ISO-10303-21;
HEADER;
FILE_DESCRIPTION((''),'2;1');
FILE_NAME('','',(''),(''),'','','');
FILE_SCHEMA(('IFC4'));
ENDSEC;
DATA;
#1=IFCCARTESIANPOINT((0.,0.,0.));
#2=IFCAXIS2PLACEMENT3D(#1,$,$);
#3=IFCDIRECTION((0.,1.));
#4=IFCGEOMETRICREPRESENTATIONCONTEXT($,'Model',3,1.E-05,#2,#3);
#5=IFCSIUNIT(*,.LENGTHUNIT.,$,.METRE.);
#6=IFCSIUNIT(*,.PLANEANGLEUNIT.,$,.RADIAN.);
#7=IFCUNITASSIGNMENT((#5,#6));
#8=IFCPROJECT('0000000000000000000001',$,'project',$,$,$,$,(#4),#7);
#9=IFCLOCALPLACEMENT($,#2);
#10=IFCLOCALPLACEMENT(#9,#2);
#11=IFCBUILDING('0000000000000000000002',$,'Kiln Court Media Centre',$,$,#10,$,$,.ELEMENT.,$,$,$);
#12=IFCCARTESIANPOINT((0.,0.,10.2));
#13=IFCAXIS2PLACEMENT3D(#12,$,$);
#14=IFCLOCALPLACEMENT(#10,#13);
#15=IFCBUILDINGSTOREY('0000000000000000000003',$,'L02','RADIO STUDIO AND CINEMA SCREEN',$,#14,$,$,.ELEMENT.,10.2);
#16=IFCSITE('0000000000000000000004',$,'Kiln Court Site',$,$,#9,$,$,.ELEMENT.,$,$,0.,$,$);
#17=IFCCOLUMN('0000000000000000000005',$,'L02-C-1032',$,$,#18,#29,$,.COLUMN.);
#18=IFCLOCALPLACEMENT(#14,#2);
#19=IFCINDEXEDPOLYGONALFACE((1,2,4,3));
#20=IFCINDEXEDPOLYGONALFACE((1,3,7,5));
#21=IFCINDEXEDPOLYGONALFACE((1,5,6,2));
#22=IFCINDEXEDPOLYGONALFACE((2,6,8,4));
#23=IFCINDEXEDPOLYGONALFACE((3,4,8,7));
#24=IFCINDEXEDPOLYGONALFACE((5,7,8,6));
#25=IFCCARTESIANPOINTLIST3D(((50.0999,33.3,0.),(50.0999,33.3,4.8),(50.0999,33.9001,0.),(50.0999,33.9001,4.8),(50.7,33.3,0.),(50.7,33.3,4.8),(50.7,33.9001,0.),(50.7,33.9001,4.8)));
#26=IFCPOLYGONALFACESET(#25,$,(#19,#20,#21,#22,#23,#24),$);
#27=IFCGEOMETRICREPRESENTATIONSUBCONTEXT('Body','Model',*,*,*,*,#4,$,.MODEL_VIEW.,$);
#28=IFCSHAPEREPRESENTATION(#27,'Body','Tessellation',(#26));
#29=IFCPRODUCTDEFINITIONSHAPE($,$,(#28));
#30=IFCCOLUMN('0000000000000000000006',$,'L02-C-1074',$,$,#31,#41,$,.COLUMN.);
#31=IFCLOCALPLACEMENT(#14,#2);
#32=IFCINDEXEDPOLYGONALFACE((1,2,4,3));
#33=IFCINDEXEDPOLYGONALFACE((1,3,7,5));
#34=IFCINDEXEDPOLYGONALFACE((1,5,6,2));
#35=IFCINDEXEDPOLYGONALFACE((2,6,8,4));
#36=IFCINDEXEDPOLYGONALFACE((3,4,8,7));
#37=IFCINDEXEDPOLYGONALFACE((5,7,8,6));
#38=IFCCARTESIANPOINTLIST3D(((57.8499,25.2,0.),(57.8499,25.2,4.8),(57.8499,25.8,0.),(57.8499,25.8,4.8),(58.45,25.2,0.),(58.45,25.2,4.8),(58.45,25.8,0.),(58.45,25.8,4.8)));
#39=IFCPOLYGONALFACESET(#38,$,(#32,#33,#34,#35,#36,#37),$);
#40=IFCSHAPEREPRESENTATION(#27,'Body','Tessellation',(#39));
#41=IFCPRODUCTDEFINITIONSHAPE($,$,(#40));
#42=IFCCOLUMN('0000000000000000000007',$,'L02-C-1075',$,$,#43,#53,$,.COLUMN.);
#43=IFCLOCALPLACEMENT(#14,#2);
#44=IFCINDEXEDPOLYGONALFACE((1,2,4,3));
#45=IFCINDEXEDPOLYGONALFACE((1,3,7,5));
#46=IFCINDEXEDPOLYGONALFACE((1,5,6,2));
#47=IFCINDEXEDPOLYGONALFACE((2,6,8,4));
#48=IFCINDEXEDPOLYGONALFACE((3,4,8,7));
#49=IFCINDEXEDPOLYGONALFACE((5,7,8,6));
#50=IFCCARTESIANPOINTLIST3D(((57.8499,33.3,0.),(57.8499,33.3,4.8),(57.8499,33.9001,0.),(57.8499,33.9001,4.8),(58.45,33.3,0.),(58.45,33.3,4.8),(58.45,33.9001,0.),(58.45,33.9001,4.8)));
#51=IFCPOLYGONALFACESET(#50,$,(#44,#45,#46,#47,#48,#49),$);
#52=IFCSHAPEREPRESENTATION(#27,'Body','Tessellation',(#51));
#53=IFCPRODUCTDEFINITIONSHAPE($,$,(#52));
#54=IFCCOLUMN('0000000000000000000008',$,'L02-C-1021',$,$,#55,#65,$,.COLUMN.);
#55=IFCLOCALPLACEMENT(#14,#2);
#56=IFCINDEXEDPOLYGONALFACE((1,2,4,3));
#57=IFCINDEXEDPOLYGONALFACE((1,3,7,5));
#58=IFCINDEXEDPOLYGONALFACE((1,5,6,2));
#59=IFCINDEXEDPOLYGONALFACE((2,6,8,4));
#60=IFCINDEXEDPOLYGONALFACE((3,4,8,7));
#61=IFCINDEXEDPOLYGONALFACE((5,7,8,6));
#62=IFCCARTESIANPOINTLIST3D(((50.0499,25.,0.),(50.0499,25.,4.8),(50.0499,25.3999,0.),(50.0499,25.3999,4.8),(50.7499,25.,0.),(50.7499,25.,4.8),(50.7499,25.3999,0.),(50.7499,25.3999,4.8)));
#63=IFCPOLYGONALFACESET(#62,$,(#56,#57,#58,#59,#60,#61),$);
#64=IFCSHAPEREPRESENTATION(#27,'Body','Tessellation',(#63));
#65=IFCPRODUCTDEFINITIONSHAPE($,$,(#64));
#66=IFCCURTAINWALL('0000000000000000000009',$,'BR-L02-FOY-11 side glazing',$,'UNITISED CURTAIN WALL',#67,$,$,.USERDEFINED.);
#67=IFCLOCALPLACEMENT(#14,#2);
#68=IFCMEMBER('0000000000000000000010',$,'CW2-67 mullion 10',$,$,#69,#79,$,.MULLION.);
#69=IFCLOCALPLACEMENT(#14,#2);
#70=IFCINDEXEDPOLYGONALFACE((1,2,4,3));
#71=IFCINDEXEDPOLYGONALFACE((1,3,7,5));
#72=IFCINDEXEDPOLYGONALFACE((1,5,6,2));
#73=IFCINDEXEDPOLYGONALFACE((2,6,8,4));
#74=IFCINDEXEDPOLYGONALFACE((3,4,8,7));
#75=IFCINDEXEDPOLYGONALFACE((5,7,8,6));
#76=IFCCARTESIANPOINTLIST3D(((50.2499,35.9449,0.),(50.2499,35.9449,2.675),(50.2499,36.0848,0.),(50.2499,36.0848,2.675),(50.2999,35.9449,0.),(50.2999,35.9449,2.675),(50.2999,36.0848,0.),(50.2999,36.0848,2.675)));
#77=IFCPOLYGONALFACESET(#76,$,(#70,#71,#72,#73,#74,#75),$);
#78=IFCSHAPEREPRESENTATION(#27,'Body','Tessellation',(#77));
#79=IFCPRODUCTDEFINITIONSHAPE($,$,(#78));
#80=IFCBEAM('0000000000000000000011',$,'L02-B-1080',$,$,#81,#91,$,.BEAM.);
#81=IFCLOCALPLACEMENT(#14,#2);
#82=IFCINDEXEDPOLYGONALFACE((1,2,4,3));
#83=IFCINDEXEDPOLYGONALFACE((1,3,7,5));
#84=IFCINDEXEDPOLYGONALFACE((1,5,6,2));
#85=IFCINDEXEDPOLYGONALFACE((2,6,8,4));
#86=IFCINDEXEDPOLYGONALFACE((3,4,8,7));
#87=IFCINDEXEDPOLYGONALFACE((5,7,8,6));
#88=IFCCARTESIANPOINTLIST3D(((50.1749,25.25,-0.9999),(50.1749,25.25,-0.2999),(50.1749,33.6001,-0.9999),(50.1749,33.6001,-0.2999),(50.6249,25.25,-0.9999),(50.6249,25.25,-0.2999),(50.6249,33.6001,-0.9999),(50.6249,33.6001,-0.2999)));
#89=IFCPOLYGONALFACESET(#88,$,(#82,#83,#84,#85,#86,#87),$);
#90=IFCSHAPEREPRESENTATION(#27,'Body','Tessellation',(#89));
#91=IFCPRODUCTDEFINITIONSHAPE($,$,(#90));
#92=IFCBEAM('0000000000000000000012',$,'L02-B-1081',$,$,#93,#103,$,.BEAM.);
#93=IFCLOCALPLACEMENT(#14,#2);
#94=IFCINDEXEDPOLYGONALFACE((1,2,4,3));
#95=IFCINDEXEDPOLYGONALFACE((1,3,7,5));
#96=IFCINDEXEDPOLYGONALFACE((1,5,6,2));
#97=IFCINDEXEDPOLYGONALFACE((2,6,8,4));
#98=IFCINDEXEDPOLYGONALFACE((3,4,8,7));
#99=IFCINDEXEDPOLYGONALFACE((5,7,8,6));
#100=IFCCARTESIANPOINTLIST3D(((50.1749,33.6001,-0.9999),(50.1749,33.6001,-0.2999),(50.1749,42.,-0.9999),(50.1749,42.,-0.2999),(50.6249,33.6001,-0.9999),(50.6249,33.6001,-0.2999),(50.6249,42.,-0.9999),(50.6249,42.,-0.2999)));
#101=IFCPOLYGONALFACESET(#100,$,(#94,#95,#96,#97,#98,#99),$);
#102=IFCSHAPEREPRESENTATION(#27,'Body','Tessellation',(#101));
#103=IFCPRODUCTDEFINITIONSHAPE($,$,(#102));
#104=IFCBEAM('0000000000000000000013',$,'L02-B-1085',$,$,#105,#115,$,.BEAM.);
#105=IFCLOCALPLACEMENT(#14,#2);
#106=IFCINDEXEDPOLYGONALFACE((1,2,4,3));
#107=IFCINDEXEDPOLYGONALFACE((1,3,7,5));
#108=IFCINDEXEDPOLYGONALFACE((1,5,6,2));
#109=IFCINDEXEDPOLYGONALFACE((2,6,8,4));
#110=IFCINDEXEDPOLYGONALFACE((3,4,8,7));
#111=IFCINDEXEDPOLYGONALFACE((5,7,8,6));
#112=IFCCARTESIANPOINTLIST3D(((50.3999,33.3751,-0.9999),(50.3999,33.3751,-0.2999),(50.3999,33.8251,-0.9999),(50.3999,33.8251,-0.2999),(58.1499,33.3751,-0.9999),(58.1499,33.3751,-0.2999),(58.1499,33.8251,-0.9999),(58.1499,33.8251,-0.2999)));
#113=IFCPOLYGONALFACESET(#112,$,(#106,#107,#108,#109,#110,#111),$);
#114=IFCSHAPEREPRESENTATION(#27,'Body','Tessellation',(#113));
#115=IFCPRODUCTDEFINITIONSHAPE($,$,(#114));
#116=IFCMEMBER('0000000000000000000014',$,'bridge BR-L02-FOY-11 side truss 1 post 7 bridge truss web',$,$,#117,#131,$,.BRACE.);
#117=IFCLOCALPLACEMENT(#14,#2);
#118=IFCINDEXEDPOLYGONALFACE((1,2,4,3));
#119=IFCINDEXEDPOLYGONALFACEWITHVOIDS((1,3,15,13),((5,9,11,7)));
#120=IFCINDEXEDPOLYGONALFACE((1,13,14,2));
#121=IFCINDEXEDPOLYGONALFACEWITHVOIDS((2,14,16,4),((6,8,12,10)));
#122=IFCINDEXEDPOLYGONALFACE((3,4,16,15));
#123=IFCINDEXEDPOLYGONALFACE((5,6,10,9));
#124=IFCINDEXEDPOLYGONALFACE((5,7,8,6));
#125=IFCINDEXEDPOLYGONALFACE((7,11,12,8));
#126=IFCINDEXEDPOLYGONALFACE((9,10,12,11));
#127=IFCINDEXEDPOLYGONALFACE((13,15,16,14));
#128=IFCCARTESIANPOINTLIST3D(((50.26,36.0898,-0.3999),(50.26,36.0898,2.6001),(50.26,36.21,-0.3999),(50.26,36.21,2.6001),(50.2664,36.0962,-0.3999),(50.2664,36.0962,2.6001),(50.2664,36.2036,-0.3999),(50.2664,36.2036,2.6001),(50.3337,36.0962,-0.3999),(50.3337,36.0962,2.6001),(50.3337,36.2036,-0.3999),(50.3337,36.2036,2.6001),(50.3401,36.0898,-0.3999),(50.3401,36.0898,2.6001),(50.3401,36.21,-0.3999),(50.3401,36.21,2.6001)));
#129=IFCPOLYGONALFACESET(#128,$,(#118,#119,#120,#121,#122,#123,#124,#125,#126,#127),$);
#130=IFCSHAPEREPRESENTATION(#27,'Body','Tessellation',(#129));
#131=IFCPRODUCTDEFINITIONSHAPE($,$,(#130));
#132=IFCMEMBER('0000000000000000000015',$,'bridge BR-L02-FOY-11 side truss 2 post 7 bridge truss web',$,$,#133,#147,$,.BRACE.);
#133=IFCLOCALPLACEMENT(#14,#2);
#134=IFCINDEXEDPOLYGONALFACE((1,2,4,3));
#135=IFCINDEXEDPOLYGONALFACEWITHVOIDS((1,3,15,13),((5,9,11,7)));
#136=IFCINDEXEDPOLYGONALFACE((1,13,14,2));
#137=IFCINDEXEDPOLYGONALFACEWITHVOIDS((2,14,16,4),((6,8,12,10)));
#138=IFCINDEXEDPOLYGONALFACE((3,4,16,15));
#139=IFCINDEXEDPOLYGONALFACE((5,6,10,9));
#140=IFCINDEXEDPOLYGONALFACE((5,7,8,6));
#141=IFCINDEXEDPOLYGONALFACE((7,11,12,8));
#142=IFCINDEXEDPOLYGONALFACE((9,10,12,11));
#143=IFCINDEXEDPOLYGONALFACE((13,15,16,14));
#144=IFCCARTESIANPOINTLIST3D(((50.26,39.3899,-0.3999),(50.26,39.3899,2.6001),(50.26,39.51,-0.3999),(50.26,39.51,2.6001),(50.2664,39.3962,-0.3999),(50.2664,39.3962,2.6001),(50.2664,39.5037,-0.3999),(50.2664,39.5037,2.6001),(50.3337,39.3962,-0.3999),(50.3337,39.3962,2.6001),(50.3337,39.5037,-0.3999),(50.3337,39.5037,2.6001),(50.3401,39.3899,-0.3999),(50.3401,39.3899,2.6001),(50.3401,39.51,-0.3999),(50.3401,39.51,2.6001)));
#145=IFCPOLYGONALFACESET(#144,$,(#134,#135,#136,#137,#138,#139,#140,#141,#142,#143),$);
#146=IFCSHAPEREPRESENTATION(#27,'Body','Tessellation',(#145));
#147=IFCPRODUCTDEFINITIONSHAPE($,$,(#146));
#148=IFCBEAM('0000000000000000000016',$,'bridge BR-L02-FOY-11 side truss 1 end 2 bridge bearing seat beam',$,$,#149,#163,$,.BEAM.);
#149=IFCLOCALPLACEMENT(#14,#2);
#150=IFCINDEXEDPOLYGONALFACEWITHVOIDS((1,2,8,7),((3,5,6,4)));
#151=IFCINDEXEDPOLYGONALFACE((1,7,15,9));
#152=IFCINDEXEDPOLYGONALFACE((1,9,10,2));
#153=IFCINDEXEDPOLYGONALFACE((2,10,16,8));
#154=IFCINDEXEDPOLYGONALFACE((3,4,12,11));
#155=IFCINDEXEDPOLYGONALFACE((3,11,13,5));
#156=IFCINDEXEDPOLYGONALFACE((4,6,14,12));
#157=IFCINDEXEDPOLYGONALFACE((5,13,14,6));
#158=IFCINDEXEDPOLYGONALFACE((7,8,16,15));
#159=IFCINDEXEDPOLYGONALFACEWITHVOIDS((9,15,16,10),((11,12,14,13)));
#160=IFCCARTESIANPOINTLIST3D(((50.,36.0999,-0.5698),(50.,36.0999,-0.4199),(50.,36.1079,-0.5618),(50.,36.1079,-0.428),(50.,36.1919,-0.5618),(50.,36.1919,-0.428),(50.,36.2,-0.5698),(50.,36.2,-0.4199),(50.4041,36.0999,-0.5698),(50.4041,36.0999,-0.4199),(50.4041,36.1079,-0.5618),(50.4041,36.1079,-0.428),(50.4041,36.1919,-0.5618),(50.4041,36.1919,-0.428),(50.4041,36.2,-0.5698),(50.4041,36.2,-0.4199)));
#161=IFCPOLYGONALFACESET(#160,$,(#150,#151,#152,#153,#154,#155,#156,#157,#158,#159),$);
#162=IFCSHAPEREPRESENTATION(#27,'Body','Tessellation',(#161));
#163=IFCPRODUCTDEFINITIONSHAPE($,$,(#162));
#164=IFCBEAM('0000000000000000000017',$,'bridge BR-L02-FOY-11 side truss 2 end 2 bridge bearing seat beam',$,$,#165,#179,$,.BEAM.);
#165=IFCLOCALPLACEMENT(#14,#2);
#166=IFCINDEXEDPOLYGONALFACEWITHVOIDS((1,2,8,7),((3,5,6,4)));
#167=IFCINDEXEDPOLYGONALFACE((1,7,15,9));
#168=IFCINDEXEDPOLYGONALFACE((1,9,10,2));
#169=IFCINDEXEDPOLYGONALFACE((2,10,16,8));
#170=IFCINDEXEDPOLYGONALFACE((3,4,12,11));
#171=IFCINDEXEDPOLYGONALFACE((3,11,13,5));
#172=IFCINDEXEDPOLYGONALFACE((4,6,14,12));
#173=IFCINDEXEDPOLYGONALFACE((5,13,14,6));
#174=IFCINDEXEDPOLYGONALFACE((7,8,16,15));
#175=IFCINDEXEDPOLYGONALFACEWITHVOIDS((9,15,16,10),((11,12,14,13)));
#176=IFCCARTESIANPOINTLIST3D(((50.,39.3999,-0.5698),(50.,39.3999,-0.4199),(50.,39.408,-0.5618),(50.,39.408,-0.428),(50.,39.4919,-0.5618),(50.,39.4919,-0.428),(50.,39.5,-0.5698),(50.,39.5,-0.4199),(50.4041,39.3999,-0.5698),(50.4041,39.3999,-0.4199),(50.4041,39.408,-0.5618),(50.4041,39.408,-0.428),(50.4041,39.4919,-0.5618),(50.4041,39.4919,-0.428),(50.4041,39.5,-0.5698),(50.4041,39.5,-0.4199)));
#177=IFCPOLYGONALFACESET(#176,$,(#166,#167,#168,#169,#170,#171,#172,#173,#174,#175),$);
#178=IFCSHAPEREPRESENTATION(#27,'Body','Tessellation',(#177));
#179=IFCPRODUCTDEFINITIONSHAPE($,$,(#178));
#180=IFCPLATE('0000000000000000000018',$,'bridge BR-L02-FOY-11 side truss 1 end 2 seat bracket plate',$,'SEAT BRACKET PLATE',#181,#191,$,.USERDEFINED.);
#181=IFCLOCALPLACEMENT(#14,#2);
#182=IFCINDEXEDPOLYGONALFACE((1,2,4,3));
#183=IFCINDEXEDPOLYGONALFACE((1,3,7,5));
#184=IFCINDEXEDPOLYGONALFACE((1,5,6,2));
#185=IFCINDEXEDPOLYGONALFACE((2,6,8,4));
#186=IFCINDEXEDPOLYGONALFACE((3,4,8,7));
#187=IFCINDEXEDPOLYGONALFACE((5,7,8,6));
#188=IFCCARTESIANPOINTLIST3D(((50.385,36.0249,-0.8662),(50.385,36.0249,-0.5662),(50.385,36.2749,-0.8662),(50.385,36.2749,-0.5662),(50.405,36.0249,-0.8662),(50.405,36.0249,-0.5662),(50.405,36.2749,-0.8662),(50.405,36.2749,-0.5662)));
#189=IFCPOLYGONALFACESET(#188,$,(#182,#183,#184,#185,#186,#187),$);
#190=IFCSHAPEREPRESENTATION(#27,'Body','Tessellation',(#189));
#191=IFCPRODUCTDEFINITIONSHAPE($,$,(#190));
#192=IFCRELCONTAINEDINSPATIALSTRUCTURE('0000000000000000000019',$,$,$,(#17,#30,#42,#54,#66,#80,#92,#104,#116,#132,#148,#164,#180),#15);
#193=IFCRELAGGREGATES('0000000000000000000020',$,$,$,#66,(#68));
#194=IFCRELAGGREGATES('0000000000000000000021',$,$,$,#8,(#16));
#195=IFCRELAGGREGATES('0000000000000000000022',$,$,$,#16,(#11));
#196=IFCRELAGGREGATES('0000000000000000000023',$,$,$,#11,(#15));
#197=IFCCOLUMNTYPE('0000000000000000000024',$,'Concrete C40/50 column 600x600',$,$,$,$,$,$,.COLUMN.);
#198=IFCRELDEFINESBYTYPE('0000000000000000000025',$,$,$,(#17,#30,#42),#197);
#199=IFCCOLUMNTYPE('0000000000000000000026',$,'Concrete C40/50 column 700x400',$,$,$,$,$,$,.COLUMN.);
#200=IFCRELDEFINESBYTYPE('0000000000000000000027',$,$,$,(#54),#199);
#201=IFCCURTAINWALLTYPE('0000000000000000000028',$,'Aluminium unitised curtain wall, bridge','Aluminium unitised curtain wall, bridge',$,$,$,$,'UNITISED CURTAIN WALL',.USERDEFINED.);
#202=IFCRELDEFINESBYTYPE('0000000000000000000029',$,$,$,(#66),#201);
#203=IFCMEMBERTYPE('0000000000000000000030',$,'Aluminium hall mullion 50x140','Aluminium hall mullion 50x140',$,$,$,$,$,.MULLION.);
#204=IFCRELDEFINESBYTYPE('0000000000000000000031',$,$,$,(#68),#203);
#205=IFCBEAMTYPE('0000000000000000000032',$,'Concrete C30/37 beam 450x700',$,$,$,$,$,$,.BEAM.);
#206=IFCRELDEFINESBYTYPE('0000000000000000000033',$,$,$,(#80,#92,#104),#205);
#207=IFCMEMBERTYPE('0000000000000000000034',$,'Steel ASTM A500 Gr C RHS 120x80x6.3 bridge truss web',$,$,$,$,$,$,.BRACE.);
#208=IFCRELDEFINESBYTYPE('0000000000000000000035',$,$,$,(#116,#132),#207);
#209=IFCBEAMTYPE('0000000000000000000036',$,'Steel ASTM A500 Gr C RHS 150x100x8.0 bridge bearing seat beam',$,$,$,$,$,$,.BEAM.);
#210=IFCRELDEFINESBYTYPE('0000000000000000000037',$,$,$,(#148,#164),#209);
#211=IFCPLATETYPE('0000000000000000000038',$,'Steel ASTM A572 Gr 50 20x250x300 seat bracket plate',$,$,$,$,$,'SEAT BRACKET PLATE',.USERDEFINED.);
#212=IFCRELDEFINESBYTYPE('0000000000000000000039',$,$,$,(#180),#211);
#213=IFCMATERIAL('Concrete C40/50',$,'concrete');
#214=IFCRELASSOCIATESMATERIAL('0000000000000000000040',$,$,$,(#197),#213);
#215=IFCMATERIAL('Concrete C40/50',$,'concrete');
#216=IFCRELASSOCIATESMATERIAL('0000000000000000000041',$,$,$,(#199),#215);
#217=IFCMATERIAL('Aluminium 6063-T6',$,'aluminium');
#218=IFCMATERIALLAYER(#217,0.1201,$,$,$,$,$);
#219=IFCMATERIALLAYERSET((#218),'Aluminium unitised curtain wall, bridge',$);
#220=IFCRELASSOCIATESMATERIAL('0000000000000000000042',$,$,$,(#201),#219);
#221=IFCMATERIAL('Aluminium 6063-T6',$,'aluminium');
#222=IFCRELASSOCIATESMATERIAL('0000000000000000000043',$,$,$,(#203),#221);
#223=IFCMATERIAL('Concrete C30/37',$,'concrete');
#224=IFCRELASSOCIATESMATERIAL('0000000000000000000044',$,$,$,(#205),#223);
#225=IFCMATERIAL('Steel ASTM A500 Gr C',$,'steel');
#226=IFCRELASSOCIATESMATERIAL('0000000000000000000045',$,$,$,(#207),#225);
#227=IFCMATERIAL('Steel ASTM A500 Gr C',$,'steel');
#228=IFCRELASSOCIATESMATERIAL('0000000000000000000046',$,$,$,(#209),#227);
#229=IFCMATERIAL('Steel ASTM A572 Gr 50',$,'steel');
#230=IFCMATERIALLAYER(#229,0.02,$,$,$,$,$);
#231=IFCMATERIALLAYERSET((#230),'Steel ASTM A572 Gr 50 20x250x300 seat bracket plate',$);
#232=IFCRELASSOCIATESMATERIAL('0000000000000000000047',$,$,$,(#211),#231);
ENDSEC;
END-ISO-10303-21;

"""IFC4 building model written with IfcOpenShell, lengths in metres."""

from ifc_helpers import new_model, si_unit, direction, frame, origin, origin_2d, place, context, subcontext, project, spatial, rectangle, hollow_rectangle, extrude, material, layer, layer_set, material_profile, profile_set, type_object, element, aggregate, save


model = new_model("IFC4")

# Units and contexts
model_context = context("Model", 3, precision=1e-05, world=origin(), true_north=direction((0.0, 1.0)))
body_context = subcontext(model_context, "Body", "Model", "MODEL_VIEW")
ifc_project = project(units=[si_unit("LENGTHUNIT", "METRE"), si_unit("PLANEANGLEUNIT", "RADIAN")], contexts=[model_context])

# Site, building, storey
site_placement = place(None, origin())
site = spatial("IfcSite", under=ifc_project, at=site_placement, Name="Kiln Court Site", CompositionType="ELEMENT", RefElevation=0.0)
building_placement = place(site_placement, origin())
building = spatial("IfcBuilding", under=site, at=building_placement, Name="Kiln Court Media Centre", CompositionType="ELEMENT")
storey_placement = place(building_placement, frame((0.0, 0.0, 10.2)))
storey = spatial("IfcBuildingStorey", under=building, at=storey_placement, Name="L02", Description="RADIO STUDIO AND CINEMA SCREEN", CompositionType="ELEMENT", Elevation=10.2)

# Columns
ifc_material_1 = material(Name="Concrete C40/50", Category="concrete")
ifc_material_profile_1 = material_profile(ifc_material_1, rectangle(XDim=0.6001, YDim=0.6001, at=origin_2d()), Name="RC 600x600")
ifc_profile_set_1 = profile_set([ifc_material_profile_1], Name="Concrete C40/50")
column_type_1 = type_object("IfcColumnType", Name="Concrete C40/50 column 600x600", PredefinedType="COLUMN", material=ifc_profile_set_1)
for number, where, z_axis, x_axis, name in (
    (1, (50.3999, 33.6001, 0.0), (0.0, 0.0, 1.0), (1.0, 0.0, 0.0), "L02-C-1032"),
    (2, (58.1499, 25.5, 0.0), (0.0, 0.0, 1.0), (1.0, 0.0, 0.0), "L02-C-1074"),
    (3, (58.1499, 33.6001, 0.0), (0.0, 0.0, 1.0), (1.0, 0.0, 0.0), "L02-C-1075"),
):
    element("IfcColumn", number, at=place(storey_placement, frame(where, z_axis=z_axis, x_axis=x_axis)), inside=storey, type_object=column_type_1, Name=name, PredefinedType="COLUMN", context=body_context, shape_type="SweptSolid", body=[
        extrude(rectangle(XDim=0.6001, YDim=0.6001, at=origin_2d()), origin(), (0.0, 0.0, 1.0), 4.8),
    ])
ifc_material_2 = material(Name="Concrete C40/50", Category="concrete")
ifc_material_profile_2 = material_profile(ifc_material_2, rectangle(XDim=0.7, YDim=0.3999, at=origin_2d()), Name="RC 700x400")
ifc_profile_set_2 = profile_set([ifc_material_profile_2], Name="Concrete C40/50")
column_type_2 = type_object("IfcColumnType", Name="Concrete C40/50 column 700x400", PredefinedType="COLUMN", material=ifc_profile_set_2)
column_placement = place(storey_placement, frame((50.3999, 25.2, 0.0), z_axis=(0.0, 0.0, 1.0), x_axis=(1.0, 0.0, 0.0)))
element("IfcColumn", 4, at=column_placement, inside=storey, type_object=column_type_2, Name="L02-C-1021", PredefinedType="COLUMN", context=body_context, shape_type="SweptSolid", body=[
    extrude(rectangle(XDim=0.7, YDim=0.3999, at=origin_2d()), origin(), (0.0, 0.0, 1.0), 4.8),
])

# Curtain wall, member
ifc_material_3 = material(Name="Aluminium 6063-T6", Category="aluminium")
ifc_layer_1 = layer(ifc_material_3, 0.1201)
ifc_layer_set_1 = layer_set([ifc_layer_1], Name="Aluminium unitised curtain wall, bridge")
curtain_wall_type = type_object("IfcCurtainWallType", Name="Aluminium unitised curtain wall, bridge", Description="Aluminium unitised curtain wall, bridge", ElementType="UNITISED CURTAIN WALL", PredefinedType="USERDEFINED", material=ifc_layer_set_1)
curtain_wall_placement = place(storey_placement, origin())
curtain_wall = element("IfcCurtainWall", 5, at=curtain_wall_placement, inside=storey, type_object=curtain_wall_type, Name="BR-L02-FOY-11 side glazing", ObjectType="UNITISED CURTAIN WALL", PredefinedType="USERDEFINED")
ifc_material_4 = material(Name="Aluminium 6063-T6", Category="aluminium")
ifc_material_profile_3 = material_profile(ifc_material_4, rectangle(XDim=0.05, YDim=0.1399, at=origin_2d()), Name="Aluminium hall mullion 50x140")
ifc_profile_set_3 = profile_set([ifc_material_profile_3], Name="Aluminium 6063-T6")
member_type_1 = type_object("IfcMemberType", Name="Aluminium hall mullion 50x140", Description="Aluminium hall mullion 50x140", PredefinedType="MULLION", material=ifc_profile_set_3)
member_placement = place(storey_placement, frame((50.2749, 36.0149, 0.0), z_axis=(0.0, 0.0, 1.0), x_axis=(1.0, 0.0, 0.0)))
member = element("IfcMember", 6, at=member_placement, type_object=member_type_1, Name="CW2-67 mullion 10", PredefinedType="MULLION", context=body_context, shape_type="SweptSolid", body=[
    extrude(rectangle(XDim=0.05, YDim=0.1399, at=origin_2d()), origin(), (0.0, 0.0, 1.0), 2.675),
])
aggregate(curtain_wall, [member])

# Beams
ifc_material_5 = material(Name="Concrete C30/37", Category="concrete")
ifc_material_profile_4 = material_profile(ifc_material_5, rectangle(XDim=0.45, YDim=0.7, at=origin_2d()), Name="RC 450x700")
ifc_profile_set_4 = profile_set([ifc_material_profile_4], Name="Concrete C30/37")
beam_type_1 = type_object("IfcBeamType", Name="Concrete C30/37 beam 450x700", PredefinedType="BEAM", material=ifc_profile_set_4)
beam_1_placement = place(storey_placement, frame((50.3999, 25.25, -0.6499), z_axis=(0.0, 1.0, 0.0), x_axis=(-1.0, 0.0, 0.0)))
element("IfcBeam", 7, at=beam_1_placement, inside=storey, type_object=beam_type_1, Name="L02-B-1080", PredefinedType="BEAM", context=body_context, shape_type="SweptSolid", body=[
    extrude(rectangle(XDim=0.45, YDim=0.7, at=origin_2d()), origin(), (0.0, 0.0, 1.0), 8.3501),
])
beam_2_placement = place(storey_placement, frame((50.3999, 33.6001, -0.6499), z_axis=(0.0, 1.0, 0.0), x_axis=(-1.0, 0.0, 0.0)))
element("IfcBeam", 8, at=beam_2_placement, inside=storey, type_object=beam_type_1, Name="L02-B-1081", PredefinedType="BEAM", context=body_context, shape_type="SweptSolid", body=[
    extrude(rectangle(XDim=0.45, YDim=0.7, at=origin_2d()), origin(), (0.0, 0.0, 1.0), 8.3999),
])
beam_3_placement = place(storey_placement, frame((50.3999, 33.6001, -0.6499), z_axis=(1.0, 0.0, 0.0), x_axis=(0.0, 1.0, 0.0)))
element("IfcBeam", 9, at=beam_3_placement, inside=storey, type_object=beam_type_1, Name="L02-B-1085", PredefinedType="BEAM", context=body_context, shape_type="SweptSolid", body=[
    extrude(rectangle(XDim=0.45, YDim=0.7, at=origin_2d()), origin(), (0.0, 0.0, 1.0), 7.75),
])

# Members
ifc_material_6 = material(Name="Steel ASTM A500 Gr C", Category="steel")
ifc_material_profile_5 = material_profile(ifc_material_6, hollow_rectangle(XDim=0.0801, YDim=0.1201, WallThickness=0.0063, at=origin_2d()), Name="RHS 120x80x6.3")
ifc_profile_set_5 = profile_set([ifc_material_profile_5], Name="Steel ASTM A500 Gr C")
member_type_2 = type_object("IfcMemberType", Name="Steel ASTM A500 Gr C RHS 120x80x6.3 bridge truss web", PredefinedType="BRACE", material=ifc_profile_set_5)
for number, where, z_axis, x_axis, name in (
    (10, (50.3, 36.1499, -0.3999), (0.0, 0.0, 1.0), (1.0, 0.0, 0.0), "bridge BR-L02-FOY-11 side truss 1 post 7 bridge truss web"),
    (11, (50.3, 39.45, -0.3999), (0.0, 0.0, 1.0), (1.0, 0.0, 0.0), "bridge BR-L02-FOY-11 side truss 2 post 7 bridge truss web"),
):
    element("IfcMember", number, at=place(storey_placement, frame(where, z_axis=z_axis, x_axis=x_axis)), inside=storey, type_object=member_type_2, Name=name, PredefinedType="BRACE", context=body_context, shape_type="SweptSolid", body=[
        extrude(hollow_rectangle(XDim=0.0801, YDim=0.1201, WallThickness=0.0063, at=origin_2d()), origin(), (0.0, 0.0, 1.0), 3.0),
    ])

# Beams
ifc_material_7 = material(Name="Steel ASTM A500 Gr C", Category="steel")
ifc_material_profile_6 = material_profile(ifc_material_7, hollow_rectangle(XDim=0.1001, YDim=0.1499, WallThickness=0.0081, at=origin_2d()), Name="RHS 150x100x8.0")
ifc_profile_set_6 = profile_set([ifc_material_profile_6], Name="Steel ASTM A500 Gr C")
beam_type_2 = type_object("IfcBeamType", Name="Steel ASTM A500 Gr C RHS 150x100x8.0 bridge bearing seat beam", PredefinedType="BEAM", material=ifc_profile_set_6)
for number, where, z_axis, x_axis, name in (
    (12, (50.4041, 36.1499, -0.4949), (-1.0, 0.0, 0.0), (0.0, -1.0, 0.0), "bridge BR-L02-FOY-11 side truss 1 end 2 bridge bearing seat beam"),
    (13, (50.4041, 39.45, -0.4949), (-1.0, 0.0, 0.0), (0.0, -1.0, 0.0), "bridge BR-L02-FOY-11 side truss 2 end 2 bridge bearing seat beam"),
):
    element("IfcBeam", number, at=place(storey_placement, frame(where, z_axis=z_axis, x_axis=x_axis)), inside=storey, type_object=beam_type_2, Name=name, PredefinedType="BEAM", context=body_context, shape_type="SweptSolid", body=[
        extrude(hollow_rectangle(XDim=0.1001, YDim=0.1499, WallThickness=0.0081, at=origin_2d()), origin(), (0.0, 0.0, 1.0), 0.4041),
    ])

# Plate
ifc_material_8 = material(Name="Steel ASTM A572 Gr 50", Category="steel")
ifc_layer_2 = layer(ifc_material_8, 0.02)
ifc_layer_set_2 = layer_set([ifc_layer_2], Name="Steel ASTM A572 Gr 50 20x250x300 seat bracket plate")
plate_type_1 = type_object("IfcPlateType", Name="Steel ASTM A572 Gr 50 20x250x300 seat bracket plate", ElementType="SEAT BRACKET PLATE", PredefinedType="USERDEFINED", material=ifc_layer_set_2)
for number, where, z_axis, x_axis, name in (
    (14, (50.395, 36.1499, -0.8662), (0.0, 0.0, 1.0), (1.0, 0.0, 0.0), "bridge BR-L02-FOY-11 side truss 1 end 2 seat bracket plate"),
):
    element("IfcPlate", number, at=place(storey_placement, frame(where, z_axis=z_axis, x_axis=x_axis)), inside=storey, type_object=plate_type_1, Name=name, ObjectType="SEAT BRACKET PLATE", PredefinedType="USERDEFINED", context=body_context, shape_type="SweptSolid", body=[
        extrude(rectangle(XDim=0.02, YDim=0.25, at=origin_2d()), origin(), (0.0, 0.0, 1.0), 0.3),
    ])

save(model, "model.ifc")
